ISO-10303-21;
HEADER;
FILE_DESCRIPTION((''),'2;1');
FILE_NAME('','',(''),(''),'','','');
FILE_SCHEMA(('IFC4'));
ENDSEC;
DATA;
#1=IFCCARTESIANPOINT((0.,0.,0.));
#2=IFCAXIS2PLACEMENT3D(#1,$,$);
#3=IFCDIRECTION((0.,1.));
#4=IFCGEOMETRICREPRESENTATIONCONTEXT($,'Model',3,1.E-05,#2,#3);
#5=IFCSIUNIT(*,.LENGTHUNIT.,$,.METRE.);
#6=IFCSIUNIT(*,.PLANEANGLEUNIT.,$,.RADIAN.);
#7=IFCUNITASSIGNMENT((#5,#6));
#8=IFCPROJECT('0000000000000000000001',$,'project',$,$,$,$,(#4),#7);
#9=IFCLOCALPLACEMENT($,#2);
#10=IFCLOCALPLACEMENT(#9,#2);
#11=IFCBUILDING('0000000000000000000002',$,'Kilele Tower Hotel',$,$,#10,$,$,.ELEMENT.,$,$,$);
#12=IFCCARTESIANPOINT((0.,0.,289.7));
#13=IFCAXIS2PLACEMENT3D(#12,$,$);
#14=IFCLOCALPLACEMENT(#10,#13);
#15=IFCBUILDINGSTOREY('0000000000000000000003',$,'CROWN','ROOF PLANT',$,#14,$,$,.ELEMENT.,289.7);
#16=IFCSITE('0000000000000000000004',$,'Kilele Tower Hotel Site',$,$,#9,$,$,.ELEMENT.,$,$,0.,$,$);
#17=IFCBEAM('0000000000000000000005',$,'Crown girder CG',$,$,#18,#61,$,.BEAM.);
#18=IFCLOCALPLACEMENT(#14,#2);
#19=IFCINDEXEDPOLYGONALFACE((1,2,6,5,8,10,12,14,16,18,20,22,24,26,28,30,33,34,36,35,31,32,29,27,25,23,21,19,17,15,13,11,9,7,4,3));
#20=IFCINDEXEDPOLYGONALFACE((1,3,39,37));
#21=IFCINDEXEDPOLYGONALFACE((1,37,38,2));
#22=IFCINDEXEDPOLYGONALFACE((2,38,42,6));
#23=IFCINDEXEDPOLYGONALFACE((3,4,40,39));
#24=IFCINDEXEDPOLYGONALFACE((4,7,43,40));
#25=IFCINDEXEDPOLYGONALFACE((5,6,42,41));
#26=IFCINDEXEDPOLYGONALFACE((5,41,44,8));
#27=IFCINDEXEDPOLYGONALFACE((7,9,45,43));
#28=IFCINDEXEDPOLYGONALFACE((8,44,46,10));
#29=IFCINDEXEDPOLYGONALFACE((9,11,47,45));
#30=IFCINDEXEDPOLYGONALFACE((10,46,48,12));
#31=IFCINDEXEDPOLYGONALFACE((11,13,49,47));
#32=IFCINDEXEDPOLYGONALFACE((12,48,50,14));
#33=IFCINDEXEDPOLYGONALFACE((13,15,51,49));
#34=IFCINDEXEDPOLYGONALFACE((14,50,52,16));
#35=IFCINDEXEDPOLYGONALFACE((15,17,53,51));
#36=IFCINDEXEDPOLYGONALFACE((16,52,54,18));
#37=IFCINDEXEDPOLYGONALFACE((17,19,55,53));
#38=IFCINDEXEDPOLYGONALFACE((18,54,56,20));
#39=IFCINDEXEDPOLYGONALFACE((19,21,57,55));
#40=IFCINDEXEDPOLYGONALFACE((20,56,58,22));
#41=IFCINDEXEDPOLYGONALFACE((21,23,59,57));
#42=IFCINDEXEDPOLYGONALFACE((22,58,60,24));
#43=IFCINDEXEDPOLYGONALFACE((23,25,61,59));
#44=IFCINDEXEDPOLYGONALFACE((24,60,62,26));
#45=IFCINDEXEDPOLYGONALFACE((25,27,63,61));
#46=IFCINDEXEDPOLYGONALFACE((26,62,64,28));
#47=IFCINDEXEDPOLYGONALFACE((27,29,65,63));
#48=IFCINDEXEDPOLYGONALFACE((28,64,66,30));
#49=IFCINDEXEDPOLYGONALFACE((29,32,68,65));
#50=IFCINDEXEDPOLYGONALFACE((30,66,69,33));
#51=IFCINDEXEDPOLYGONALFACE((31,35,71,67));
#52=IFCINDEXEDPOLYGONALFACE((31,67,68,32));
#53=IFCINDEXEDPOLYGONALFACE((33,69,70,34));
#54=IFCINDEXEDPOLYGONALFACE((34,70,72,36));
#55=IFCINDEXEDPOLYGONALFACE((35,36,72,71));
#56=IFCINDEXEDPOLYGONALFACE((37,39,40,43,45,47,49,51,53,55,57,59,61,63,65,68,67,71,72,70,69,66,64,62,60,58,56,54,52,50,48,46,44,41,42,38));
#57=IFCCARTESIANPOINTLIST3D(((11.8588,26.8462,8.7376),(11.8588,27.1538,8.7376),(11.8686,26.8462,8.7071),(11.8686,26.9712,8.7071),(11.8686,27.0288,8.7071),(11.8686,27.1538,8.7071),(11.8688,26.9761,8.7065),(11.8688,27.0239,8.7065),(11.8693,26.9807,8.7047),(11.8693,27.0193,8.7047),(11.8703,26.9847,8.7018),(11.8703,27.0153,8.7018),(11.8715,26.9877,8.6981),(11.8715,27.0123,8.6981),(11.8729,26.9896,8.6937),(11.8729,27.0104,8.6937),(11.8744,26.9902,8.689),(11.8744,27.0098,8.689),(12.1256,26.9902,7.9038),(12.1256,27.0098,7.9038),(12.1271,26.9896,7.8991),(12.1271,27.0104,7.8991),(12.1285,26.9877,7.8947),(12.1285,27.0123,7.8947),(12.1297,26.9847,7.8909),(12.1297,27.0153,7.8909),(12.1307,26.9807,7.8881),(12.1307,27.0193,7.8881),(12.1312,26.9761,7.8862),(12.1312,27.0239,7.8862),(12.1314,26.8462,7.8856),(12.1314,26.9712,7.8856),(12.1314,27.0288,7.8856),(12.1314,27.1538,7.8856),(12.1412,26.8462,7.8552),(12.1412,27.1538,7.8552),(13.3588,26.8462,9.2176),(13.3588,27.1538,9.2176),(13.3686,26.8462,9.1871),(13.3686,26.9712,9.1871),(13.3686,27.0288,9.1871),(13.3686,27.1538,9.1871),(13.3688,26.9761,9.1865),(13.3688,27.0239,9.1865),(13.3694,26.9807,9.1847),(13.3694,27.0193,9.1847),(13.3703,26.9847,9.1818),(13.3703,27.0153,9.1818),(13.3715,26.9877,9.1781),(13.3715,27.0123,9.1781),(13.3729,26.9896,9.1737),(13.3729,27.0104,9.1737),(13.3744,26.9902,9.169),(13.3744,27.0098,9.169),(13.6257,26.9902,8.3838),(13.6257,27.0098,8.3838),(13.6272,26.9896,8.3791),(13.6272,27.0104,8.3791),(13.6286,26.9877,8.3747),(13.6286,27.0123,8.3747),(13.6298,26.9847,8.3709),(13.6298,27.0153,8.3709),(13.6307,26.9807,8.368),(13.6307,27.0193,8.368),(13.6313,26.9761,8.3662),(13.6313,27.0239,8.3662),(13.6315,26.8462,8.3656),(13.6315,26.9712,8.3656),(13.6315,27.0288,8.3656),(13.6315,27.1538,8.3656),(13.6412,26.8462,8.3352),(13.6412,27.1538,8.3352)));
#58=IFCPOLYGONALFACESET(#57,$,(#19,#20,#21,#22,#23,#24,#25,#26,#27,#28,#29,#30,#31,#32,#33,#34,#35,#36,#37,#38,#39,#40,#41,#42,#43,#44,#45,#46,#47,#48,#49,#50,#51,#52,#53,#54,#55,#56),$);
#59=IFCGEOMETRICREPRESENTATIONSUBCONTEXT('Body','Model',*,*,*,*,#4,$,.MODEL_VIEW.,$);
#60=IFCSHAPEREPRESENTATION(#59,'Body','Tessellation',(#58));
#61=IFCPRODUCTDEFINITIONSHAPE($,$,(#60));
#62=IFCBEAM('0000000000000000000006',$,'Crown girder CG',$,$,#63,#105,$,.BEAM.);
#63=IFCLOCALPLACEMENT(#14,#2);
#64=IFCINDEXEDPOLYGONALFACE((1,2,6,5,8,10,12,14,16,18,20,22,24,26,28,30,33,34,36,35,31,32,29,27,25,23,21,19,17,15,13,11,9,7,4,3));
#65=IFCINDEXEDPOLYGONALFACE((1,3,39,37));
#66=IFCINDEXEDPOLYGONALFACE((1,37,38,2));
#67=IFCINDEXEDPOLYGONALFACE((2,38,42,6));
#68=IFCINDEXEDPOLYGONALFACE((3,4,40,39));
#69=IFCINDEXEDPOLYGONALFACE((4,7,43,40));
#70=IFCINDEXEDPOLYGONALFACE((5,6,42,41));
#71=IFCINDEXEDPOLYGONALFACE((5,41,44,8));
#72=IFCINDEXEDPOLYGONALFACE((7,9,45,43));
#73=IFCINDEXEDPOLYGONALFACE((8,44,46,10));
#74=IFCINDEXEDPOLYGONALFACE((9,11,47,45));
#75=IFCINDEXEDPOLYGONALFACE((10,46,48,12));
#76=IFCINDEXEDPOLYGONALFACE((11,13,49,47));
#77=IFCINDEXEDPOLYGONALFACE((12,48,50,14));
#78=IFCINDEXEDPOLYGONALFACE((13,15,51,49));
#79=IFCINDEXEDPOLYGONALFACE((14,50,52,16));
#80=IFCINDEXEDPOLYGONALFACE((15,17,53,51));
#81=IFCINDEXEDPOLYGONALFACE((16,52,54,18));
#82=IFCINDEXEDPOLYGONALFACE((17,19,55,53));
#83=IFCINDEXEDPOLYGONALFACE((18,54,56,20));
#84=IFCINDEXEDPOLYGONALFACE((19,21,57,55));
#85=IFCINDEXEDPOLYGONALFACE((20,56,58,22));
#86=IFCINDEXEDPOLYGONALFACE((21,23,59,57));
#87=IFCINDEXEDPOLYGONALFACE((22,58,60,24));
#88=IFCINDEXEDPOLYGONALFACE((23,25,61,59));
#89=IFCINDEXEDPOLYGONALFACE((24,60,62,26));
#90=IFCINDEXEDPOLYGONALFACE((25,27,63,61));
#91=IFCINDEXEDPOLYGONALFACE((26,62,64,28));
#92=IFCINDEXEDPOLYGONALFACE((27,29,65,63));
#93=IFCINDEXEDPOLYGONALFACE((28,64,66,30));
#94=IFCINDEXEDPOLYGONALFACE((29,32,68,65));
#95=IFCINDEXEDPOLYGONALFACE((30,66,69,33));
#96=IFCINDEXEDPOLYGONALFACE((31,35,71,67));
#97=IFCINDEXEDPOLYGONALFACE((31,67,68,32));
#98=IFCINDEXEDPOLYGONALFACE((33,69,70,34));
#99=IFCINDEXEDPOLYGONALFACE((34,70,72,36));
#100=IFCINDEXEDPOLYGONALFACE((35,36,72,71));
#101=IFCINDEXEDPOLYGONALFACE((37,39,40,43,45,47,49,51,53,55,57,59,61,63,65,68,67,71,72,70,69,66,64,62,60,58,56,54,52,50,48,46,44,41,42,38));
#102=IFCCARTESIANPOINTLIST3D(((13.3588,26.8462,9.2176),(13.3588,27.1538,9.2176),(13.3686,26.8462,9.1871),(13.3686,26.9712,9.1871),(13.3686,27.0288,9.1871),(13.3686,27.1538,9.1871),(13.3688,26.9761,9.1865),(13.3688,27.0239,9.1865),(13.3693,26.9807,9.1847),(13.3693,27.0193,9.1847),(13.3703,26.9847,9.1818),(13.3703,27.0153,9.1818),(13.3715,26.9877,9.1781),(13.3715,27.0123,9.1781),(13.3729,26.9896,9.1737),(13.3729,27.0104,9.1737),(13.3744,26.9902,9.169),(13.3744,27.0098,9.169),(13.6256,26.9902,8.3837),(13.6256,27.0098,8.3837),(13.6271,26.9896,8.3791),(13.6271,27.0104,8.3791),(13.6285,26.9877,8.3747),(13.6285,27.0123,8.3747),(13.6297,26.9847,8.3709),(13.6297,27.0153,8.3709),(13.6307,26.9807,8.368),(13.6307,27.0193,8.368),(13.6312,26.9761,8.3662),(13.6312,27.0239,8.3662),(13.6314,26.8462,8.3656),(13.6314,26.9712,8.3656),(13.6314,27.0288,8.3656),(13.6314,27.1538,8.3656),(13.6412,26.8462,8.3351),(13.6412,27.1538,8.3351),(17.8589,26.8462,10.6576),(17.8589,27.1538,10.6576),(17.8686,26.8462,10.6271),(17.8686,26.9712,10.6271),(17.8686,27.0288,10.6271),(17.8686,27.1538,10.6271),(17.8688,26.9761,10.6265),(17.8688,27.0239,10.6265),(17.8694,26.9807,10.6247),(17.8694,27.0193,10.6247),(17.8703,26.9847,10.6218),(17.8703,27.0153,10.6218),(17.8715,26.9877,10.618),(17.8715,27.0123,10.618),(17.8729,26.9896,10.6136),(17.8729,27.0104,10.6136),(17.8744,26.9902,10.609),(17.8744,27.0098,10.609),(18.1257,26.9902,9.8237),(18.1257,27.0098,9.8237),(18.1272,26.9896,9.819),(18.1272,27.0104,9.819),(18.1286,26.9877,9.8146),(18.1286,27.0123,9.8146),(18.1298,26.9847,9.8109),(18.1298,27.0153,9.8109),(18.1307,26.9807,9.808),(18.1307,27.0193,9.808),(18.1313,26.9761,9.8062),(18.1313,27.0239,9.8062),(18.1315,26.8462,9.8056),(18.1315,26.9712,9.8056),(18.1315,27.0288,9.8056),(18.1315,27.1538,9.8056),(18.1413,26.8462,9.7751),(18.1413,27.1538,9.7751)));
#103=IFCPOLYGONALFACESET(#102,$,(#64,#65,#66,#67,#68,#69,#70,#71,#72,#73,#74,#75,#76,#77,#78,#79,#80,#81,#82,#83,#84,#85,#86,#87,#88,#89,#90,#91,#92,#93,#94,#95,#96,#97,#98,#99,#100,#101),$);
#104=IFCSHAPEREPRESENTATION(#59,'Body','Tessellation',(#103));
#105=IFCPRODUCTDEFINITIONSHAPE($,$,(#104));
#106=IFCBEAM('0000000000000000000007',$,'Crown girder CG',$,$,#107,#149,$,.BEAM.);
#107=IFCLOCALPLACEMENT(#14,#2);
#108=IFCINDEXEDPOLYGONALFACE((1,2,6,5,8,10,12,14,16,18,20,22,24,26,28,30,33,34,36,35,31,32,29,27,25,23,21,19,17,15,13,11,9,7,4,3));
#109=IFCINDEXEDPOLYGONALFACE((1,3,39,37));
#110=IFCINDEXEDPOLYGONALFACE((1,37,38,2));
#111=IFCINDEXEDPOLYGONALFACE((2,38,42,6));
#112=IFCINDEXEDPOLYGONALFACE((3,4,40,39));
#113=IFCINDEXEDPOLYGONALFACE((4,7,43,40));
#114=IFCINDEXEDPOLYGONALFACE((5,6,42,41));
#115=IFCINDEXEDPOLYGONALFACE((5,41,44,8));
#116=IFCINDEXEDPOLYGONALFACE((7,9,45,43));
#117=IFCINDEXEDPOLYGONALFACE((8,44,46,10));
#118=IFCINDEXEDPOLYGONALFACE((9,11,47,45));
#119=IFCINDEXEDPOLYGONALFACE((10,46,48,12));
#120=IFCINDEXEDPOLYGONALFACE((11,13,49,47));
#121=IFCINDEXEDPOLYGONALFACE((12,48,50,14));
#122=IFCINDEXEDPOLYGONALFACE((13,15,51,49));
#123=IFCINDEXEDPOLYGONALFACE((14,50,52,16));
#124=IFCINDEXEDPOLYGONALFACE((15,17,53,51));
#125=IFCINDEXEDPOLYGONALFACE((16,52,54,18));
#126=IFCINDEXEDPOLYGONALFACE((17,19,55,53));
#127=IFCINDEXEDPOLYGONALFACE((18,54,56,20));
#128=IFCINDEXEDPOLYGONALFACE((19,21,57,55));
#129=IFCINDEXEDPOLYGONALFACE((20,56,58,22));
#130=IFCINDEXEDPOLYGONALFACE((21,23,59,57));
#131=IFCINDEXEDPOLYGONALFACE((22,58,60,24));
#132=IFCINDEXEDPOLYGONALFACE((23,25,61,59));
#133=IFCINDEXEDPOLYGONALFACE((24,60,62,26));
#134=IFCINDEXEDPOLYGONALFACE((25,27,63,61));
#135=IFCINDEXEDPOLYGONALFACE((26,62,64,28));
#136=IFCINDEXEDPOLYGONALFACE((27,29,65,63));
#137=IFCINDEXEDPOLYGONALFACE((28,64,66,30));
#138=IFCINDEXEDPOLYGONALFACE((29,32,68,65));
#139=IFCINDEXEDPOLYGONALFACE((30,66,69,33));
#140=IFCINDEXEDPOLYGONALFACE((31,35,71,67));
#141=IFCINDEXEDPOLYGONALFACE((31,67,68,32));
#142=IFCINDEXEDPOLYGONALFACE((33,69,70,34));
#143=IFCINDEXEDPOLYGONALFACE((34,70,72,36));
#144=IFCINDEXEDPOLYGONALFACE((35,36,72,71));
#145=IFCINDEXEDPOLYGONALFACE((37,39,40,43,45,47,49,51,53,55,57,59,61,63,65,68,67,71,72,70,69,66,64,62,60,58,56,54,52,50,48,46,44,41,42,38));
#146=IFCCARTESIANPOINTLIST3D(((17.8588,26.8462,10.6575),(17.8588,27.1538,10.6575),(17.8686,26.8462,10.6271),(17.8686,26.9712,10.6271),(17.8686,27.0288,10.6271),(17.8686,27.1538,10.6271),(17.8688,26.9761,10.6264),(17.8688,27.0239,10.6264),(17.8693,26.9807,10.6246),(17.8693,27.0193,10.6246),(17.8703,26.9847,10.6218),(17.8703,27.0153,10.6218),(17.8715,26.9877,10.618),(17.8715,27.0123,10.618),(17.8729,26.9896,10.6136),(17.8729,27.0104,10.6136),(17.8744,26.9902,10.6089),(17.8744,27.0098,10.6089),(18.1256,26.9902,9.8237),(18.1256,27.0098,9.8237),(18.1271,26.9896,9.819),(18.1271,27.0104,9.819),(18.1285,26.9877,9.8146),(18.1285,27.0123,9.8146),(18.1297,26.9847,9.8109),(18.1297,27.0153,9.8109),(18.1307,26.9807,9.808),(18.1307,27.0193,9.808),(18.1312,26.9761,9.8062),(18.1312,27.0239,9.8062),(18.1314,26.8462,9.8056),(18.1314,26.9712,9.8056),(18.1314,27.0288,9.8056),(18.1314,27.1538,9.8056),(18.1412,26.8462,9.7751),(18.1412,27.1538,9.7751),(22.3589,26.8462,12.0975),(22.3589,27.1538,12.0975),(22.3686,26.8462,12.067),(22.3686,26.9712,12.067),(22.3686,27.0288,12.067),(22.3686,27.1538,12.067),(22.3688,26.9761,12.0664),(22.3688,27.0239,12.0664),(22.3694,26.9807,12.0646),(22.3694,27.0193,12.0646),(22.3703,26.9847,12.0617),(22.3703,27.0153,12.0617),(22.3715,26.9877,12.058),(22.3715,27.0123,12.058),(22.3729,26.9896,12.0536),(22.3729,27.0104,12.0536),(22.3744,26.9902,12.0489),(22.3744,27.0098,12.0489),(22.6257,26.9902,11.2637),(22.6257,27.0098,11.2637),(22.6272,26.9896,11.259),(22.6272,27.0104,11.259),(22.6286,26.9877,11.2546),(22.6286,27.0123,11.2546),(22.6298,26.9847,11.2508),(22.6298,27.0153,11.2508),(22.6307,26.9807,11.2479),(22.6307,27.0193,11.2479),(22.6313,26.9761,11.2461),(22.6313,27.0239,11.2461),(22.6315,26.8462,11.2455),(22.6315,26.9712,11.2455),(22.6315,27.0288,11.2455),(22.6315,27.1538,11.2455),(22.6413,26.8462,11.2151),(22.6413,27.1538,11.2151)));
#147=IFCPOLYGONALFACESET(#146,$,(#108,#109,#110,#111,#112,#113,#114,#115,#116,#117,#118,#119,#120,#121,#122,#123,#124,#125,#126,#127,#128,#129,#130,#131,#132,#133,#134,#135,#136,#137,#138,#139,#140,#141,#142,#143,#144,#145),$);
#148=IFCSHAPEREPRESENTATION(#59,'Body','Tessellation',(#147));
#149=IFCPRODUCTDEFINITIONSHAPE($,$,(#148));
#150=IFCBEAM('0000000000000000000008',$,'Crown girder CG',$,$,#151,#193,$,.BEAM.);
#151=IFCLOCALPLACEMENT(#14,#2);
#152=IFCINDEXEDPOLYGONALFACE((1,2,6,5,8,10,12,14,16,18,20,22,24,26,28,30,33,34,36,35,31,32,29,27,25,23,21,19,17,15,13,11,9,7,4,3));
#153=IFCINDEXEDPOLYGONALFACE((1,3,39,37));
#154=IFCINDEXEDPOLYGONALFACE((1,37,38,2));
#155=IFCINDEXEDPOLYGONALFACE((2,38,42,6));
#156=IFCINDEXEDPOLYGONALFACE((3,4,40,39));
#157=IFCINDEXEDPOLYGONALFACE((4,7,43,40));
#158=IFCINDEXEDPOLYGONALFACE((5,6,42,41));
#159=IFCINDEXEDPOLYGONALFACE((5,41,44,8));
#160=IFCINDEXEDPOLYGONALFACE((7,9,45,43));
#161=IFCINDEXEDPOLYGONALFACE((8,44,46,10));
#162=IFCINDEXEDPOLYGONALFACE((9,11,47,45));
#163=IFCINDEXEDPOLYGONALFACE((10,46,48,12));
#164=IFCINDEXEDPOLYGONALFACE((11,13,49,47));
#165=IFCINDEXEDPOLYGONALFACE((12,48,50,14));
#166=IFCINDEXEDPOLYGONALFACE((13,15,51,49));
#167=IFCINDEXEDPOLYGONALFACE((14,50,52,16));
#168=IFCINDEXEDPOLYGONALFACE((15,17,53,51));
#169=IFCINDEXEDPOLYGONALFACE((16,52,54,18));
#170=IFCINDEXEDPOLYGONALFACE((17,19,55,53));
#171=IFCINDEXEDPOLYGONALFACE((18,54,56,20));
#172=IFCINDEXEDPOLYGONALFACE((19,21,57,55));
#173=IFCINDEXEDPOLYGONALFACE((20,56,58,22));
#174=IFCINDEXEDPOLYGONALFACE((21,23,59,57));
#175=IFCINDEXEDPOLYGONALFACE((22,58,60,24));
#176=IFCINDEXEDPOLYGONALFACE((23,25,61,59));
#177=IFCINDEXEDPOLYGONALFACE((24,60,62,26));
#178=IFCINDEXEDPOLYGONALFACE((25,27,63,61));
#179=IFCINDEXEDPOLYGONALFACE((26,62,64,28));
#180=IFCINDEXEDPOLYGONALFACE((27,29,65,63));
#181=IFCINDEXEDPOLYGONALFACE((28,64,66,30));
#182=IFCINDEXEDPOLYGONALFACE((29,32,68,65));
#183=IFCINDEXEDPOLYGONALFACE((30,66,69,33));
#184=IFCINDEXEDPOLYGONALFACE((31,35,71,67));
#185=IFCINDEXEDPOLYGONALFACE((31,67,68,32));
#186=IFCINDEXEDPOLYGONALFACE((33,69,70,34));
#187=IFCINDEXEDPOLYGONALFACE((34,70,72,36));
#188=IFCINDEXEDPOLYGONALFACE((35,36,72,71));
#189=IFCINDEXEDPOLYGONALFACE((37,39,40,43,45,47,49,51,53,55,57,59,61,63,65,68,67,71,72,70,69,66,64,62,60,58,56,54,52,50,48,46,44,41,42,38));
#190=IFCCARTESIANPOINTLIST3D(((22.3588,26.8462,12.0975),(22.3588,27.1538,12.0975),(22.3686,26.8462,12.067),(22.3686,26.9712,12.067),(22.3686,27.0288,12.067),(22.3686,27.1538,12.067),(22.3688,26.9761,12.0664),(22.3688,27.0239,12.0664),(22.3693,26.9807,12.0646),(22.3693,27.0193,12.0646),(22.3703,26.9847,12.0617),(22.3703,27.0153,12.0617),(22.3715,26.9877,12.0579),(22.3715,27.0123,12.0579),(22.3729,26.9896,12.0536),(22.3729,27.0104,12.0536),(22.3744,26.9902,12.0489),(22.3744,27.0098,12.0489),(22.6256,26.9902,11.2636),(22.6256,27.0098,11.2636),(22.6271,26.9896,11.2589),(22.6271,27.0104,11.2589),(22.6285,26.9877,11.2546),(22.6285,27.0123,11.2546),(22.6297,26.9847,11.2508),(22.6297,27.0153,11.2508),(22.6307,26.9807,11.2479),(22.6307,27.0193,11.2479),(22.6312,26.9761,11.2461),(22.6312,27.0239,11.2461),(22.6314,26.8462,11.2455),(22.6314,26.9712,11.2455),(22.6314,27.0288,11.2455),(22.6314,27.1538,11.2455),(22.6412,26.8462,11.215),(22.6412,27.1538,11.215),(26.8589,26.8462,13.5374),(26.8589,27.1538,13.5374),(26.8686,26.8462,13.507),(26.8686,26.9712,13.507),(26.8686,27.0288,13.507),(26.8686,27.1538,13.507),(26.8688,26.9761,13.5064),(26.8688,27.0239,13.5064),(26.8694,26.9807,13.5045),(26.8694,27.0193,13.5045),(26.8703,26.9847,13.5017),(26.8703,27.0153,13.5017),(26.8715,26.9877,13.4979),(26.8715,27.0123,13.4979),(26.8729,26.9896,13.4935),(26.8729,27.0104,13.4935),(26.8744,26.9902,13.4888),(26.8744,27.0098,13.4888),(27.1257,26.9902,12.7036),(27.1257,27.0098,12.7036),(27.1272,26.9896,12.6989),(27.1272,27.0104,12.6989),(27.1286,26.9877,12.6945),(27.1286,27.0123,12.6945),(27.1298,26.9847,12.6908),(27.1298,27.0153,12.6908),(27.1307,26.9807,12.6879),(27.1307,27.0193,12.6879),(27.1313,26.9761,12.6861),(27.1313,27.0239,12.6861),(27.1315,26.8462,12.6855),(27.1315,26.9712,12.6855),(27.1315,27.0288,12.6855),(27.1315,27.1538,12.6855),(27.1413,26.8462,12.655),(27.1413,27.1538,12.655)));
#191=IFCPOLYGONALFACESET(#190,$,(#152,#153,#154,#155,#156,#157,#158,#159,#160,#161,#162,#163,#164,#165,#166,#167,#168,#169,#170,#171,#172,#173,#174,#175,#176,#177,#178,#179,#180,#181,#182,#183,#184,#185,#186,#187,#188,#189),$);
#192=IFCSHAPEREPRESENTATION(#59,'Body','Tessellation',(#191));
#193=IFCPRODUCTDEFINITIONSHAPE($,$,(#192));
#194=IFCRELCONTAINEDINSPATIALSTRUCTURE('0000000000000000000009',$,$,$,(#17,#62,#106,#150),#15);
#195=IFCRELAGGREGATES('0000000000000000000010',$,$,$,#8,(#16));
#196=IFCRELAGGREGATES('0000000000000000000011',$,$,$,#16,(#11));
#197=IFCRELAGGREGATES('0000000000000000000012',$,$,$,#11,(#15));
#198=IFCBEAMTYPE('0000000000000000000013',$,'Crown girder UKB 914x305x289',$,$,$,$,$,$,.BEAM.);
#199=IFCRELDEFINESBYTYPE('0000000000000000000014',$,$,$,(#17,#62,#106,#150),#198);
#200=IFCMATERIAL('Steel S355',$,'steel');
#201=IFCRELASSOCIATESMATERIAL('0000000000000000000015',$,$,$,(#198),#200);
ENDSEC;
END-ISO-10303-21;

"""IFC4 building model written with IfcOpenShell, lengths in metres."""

from ifc_helpers import new_model, si_unit, direction, frame, origin, origin_2d, place, context, subcontext, project, spatial, i_section, extrude, material, material_profile, profile_set, type_object, element, save


model = new_model("IFC4")

# Units and contexts
model_context = context("Model", 3, precision=1e-05, world=origin(), true_north=direction((0.0, 1.0)))
body_context = subcontext(model_context, "Body", "Model", "MODEL_VIEW")
ifc_project = project(units=[si_unit("LENGTHUNIT", "METRE"), si_unit("PLANEANGLEUNIT", "RADIAN")], contexts=[model_context])

# Site, building, storey
site_placement = place(None, origin())
site = spatial("IfcSite", under=ifc_project, at=site_placement, Name="Kilele Tower Hotel Site", CompositionType="ELEMENT", RefElevation=0.0)
building_placement = place(site_placement, origin())
building = spatial("IfcBuilding", under=site, at=building_placement, Name="Kilele Tower Hotel", CompositionType="ELEMENT")
storey_placement = place(building_placement, frame((0.0, 0.0, 289.7)))
storey = spatial("IfcBuildingStorey", under=building, at=storey_placement, Name="CROWN", Description="ROOF PLANT", CompositionType="ELEMENT", Elevation=289.7)

# Beams
ifc_material_1 = material(Name="Steel S355", Category="steel")
ifc_material_profile_1 = material_profile(ifc_material_1, i_section(OverallWidth=0.3076, OverallDepth=0.9265, WebThickness=0.0195, FlangeThickness=0.032, FilletRadius=0.019, at=origin_2d()))
ifc_profile_set_1 = profile_set([ifc_material_profile_1], Name="Steel S355")
beam_type_1 = type_object("IfcBeamType", Name="Crown girder UKB 914x305x289", PredefinedType="BEAM", material=ifc_profile_set_1)
beam_1_placement = place(storey_placement, frame((12.0, 27.0, 8.2964), z_axis=(0.952428, 0.0, 0.304764), x_axis=(0.0, 1.0, 0.0)))
element("IfcBeam", 1, at=beam_1_placement, inside=storey, type_object=beam_type_1, Name="Crown girder CG", PredefinedType="BEAM", context=body_context, shape_type="SweptSolid", body=[
    extrude(i_section(OverallWidth=0.3076, OverallDepth=0.9265, WebThickness=0.0195, FlangeThickness=0.032, FilletRadius=0.019, at=origin_2d()), origin(), (0.0, 0.0, 1.0), 1.575),
])
for number, where, z_axis, x_axis, name in (
    (2, (13.5, 27.0, 8.7764), (0.952428, 0.0, 0.304764), (0.0, 1.0, 0.0), "Crown girder CG"),
    (3, (18.0, 27.0, 10.2163), (0.952428, 0.0, 0.304764), (0.0, 1.0, 0.0), "Crown girder CG"),
    (4, (22.5, 27.0, 11.6562), (0.952428, 0.0, 0.304764), (0.0, 1.0, 0.0), "Crown girder CG"),
):
    element("IfcBeam", number, at=place(storey_placement, frame(where, z_axis=z_axis, x_axis=x_axis)), inside=storey, type_object=beam_type_1, Name=name, PredefinedType="BEAM", context=body_context, shape_type="SweptSolid", body=[
        extrude(i_section(OverallWidth=0.3076, OverallDepth=0.9265, WebThickness=0.0195, FlangeThickness=0.032, FilletRadius=0.019, at=origin_2d()), origin(), (0.0, 0.0, 1.0), 4.7249),
    ])

save(model, "model.ifc")
